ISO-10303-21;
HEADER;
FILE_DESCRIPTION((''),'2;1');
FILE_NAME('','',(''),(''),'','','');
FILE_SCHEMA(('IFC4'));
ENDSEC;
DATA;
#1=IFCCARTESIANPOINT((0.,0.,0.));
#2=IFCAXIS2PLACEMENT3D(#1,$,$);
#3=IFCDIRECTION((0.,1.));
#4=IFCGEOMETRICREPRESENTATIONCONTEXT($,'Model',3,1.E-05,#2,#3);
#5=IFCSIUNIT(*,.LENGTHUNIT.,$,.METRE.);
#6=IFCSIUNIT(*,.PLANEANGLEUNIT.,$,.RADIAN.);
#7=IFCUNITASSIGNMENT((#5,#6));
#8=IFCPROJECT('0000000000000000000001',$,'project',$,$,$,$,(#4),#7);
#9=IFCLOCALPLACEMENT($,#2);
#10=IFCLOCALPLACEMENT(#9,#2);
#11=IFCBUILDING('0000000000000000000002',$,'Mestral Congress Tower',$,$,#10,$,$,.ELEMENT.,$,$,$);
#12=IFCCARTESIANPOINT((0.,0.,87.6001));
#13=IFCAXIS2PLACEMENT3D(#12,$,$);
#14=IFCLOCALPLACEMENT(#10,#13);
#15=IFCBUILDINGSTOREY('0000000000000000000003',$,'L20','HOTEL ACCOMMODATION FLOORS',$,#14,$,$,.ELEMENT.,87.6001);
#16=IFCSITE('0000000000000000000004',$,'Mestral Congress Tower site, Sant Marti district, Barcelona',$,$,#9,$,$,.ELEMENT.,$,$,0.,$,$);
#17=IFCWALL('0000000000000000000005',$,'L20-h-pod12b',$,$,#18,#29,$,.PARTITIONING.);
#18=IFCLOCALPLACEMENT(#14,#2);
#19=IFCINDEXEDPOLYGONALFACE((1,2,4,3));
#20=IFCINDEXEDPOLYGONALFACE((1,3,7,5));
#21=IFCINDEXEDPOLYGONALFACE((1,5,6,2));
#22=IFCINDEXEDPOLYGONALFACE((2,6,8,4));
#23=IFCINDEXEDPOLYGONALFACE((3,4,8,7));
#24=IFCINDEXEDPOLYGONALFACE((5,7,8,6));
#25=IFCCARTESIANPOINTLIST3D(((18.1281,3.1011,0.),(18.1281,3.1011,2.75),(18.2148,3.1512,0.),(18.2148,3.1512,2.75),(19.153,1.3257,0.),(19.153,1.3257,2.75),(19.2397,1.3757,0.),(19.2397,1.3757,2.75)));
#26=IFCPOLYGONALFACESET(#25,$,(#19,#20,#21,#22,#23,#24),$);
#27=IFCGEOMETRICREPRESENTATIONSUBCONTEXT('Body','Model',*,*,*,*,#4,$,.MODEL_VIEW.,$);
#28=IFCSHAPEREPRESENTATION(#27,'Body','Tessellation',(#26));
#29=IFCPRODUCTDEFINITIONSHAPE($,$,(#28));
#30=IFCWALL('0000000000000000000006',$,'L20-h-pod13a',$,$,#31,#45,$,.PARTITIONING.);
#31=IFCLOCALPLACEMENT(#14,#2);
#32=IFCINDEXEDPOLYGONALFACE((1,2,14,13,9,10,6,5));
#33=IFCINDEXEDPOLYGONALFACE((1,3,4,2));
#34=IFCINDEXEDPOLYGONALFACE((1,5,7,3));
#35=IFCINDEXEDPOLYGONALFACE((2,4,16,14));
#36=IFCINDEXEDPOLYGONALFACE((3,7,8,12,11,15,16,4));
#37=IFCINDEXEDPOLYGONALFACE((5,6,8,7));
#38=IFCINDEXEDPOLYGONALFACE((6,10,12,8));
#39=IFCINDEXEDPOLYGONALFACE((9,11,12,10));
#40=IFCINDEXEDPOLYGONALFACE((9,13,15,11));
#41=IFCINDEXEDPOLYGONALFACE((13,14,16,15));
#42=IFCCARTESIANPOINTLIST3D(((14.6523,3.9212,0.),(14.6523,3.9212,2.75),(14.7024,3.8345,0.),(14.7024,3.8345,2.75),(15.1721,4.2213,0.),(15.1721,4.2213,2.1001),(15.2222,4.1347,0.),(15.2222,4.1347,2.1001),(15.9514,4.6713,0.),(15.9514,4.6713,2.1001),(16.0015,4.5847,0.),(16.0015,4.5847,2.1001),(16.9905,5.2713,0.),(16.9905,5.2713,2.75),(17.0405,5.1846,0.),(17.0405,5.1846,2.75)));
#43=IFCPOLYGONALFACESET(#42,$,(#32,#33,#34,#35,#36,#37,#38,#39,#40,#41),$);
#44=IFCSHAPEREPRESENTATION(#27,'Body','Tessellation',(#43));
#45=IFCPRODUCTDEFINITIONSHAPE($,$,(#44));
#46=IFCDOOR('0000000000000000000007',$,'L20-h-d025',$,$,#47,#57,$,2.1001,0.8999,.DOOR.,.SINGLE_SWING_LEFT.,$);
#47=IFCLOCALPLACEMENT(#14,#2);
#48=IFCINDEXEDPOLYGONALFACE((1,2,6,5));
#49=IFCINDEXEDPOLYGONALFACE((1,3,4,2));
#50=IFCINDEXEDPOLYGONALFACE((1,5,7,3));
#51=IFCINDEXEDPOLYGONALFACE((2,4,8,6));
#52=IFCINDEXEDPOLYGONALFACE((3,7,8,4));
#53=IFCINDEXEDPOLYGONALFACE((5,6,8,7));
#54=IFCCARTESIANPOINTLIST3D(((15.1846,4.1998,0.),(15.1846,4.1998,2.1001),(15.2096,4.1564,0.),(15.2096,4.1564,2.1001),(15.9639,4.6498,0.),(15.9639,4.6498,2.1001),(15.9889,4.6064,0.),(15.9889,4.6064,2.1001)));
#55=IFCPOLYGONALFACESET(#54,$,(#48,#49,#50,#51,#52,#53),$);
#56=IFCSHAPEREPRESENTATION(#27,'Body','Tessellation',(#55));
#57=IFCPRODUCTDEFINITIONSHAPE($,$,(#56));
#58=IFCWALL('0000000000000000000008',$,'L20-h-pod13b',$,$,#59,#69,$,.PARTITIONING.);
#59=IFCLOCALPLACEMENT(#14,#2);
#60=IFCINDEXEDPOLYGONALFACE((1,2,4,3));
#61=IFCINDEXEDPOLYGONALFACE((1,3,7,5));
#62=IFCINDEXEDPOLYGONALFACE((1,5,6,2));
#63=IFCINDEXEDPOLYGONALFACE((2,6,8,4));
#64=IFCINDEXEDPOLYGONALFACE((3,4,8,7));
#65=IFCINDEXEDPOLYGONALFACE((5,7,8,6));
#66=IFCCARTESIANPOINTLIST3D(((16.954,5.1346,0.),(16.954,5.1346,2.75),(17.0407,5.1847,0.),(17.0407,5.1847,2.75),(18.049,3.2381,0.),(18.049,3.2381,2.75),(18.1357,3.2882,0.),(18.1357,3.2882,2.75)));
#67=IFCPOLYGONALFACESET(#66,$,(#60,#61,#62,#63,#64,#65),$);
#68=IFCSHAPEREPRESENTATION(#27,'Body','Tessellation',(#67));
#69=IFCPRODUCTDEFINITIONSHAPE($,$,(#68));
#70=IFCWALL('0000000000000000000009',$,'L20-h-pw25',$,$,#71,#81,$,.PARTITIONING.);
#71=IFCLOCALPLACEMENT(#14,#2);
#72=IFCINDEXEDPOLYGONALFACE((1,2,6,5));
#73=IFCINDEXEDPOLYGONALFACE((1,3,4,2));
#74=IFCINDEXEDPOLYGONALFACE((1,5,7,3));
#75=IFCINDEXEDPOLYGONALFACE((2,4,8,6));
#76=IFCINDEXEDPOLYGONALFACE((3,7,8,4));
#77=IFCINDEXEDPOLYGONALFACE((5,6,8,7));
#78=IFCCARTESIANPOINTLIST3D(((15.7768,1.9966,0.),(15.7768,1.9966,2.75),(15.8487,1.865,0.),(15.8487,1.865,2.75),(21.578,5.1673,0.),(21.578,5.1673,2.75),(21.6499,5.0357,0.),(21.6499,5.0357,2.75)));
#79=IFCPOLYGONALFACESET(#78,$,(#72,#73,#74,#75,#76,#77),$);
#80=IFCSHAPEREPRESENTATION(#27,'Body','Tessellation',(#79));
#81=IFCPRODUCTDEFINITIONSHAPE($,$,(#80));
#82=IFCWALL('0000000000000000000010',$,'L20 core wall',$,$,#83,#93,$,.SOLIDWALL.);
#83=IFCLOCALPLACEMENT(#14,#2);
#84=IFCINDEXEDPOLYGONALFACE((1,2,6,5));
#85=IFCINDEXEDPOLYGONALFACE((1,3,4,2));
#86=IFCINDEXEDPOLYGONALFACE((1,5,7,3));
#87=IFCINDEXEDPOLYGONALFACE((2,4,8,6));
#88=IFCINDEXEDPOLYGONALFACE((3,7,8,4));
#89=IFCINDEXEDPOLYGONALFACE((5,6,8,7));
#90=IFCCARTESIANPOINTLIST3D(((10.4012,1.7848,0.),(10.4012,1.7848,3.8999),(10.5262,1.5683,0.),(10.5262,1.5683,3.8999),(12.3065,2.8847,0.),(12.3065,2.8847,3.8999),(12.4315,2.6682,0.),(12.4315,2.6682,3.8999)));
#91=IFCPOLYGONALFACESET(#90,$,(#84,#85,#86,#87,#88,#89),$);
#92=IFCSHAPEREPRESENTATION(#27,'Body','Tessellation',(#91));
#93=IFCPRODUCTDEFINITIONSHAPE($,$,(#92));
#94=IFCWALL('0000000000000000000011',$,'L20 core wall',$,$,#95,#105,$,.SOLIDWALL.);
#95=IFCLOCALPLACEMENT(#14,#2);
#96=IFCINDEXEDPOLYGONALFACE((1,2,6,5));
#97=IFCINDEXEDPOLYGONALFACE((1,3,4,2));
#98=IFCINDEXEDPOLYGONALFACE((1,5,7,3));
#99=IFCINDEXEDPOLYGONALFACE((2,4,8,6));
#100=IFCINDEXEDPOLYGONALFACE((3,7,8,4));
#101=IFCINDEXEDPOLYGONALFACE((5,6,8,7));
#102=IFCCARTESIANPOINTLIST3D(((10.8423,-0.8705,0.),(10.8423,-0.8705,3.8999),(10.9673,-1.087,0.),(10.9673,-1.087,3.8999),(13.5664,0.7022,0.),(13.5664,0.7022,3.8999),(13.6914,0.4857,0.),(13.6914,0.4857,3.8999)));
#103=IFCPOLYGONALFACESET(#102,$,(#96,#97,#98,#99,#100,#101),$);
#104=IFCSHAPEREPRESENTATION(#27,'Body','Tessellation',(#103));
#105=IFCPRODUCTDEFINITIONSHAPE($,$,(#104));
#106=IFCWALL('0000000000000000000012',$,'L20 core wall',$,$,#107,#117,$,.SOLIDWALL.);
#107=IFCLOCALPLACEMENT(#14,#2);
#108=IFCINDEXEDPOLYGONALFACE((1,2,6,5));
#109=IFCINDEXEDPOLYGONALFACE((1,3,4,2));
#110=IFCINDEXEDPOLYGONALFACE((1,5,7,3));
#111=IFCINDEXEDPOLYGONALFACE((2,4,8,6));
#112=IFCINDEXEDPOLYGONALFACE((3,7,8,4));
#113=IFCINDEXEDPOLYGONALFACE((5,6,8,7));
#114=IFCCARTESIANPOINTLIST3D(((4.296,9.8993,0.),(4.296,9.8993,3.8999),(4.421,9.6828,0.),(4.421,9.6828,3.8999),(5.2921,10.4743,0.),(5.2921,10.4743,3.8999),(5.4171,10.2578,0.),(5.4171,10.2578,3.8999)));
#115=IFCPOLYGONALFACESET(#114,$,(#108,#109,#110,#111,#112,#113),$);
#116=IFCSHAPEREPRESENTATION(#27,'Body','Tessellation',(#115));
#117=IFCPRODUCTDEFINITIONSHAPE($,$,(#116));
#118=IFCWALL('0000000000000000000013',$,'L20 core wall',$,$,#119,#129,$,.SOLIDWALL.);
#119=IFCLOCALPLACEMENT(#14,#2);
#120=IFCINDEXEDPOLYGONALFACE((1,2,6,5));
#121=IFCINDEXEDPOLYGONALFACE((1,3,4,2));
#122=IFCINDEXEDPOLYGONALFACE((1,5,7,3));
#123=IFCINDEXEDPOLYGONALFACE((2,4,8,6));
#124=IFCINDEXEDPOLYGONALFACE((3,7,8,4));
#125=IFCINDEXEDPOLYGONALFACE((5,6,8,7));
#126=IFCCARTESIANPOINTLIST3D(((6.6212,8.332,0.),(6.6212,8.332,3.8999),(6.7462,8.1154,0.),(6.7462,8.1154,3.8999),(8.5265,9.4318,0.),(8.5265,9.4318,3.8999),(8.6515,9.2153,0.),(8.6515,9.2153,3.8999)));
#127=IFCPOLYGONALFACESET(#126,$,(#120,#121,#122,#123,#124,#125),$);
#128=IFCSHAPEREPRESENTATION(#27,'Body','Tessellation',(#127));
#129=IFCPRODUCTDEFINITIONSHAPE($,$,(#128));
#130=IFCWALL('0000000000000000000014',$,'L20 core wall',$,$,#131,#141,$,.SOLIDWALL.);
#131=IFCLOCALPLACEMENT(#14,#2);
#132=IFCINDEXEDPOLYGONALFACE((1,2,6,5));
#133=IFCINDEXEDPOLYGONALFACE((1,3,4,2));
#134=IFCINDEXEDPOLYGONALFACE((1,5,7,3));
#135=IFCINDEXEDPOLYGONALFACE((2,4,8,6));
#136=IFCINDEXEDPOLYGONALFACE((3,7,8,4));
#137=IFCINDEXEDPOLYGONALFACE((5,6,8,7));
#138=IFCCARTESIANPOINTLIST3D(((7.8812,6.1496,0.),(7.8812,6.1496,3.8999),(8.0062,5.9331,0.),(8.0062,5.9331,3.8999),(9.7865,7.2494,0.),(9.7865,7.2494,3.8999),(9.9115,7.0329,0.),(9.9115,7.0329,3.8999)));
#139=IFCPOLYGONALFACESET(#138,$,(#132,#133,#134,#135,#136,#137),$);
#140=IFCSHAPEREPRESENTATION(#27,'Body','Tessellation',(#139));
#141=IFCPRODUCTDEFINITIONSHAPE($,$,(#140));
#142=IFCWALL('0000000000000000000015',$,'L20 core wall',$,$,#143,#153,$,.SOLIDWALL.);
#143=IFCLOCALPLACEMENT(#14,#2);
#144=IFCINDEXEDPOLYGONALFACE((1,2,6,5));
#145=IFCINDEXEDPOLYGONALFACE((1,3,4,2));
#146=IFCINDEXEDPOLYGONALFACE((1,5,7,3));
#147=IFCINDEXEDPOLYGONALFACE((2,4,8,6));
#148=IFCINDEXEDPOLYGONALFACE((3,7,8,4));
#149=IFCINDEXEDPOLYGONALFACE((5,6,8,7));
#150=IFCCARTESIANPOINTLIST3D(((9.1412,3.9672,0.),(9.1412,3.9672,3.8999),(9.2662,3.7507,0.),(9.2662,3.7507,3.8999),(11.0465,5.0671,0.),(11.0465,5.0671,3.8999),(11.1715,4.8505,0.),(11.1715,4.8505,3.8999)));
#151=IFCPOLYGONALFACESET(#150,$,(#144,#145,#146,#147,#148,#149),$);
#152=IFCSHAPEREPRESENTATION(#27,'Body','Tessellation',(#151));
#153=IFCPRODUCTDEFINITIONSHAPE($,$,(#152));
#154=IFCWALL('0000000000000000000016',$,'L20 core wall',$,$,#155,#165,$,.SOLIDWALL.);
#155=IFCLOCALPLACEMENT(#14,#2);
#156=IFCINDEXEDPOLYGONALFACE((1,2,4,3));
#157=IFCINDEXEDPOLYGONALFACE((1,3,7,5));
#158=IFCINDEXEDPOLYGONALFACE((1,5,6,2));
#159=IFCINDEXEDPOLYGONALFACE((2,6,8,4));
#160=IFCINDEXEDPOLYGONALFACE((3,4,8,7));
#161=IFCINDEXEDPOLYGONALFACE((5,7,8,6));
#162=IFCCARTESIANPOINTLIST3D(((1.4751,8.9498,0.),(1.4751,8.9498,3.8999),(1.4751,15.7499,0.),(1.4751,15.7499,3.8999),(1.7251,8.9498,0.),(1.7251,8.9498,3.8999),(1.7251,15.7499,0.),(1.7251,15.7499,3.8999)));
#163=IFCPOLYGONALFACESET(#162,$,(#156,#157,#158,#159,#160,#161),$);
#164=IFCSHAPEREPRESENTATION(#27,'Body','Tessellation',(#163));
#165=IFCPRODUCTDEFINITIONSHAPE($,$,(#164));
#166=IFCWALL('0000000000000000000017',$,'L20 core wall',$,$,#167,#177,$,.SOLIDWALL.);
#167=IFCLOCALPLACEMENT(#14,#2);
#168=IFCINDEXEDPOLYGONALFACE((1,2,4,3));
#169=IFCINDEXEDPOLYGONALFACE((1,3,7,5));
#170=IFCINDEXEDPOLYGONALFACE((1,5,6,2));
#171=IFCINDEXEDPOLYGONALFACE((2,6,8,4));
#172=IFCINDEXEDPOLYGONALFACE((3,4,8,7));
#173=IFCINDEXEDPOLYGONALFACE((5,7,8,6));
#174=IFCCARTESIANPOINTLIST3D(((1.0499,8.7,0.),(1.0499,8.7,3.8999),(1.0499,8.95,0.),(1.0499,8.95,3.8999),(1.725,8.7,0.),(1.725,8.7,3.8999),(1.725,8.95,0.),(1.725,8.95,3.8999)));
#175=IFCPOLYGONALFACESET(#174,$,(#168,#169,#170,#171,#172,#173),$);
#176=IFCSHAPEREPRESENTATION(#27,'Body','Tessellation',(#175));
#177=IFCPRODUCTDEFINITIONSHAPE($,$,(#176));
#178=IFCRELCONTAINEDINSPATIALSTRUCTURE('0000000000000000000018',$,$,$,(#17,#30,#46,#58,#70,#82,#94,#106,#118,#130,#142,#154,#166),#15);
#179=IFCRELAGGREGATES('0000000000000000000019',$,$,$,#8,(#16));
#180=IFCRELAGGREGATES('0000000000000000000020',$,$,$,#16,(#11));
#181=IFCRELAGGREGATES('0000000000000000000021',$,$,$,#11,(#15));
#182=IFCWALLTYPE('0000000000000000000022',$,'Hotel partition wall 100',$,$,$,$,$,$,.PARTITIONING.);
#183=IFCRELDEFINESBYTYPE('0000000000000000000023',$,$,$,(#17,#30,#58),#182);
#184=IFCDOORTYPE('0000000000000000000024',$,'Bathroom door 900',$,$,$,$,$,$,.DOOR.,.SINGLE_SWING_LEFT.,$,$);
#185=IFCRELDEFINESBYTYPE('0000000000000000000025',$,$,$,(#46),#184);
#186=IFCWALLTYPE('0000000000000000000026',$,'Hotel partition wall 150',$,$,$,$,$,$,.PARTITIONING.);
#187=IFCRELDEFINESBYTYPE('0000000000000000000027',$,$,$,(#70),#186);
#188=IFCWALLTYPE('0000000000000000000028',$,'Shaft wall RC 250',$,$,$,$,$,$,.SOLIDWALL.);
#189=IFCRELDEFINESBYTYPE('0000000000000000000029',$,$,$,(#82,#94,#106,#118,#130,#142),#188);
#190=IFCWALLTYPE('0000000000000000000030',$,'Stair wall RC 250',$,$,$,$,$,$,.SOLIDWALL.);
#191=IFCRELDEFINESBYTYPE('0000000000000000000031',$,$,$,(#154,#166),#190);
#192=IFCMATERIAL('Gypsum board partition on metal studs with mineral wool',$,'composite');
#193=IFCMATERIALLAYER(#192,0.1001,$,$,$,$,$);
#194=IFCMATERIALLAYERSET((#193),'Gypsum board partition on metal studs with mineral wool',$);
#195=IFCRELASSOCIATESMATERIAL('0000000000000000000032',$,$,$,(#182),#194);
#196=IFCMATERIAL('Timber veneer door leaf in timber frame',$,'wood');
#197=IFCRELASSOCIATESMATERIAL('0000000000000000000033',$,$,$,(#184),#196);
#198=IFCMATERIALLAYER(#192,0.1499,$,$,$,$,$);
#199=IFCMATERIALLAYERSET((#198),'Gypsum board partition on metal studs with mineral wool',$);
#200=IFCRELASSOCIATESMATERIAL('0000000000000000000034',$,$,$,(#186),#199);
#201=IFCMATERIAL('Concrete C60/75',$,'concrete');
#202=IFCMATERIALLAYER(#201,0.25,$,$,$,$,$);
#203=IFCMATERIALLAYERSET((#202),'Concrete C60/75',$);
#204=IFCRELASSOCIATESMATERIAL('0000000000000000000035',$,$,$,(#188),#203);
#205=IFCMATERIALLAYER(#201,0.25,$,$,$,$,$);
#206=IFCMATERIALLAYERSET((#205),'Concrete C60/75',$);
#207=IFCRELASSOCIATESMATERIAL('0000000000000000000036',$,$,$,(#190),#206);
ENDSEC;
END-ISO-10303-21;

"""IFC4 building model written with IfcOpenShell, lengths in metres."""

from ifc_helpers import new_model, si_unit, direction, frame, frame_2d, origin, place, context, subcontext, project, spatial, rectangle, extrude, material, layer, layer_set, type_object, element, fill, save


model = new_model("IFC4")

# Units and contexts
model_context = context("Model", 3, precision=1e-05, world=origin(), true_north=direction((0.0, 1.0)))
body_context = subcontext(model_context, "Body", "Model", "MODEL_VIEW")
ifc_project = project(units=[si_unit("LENGTHUNIT", "METRE"), si_unit("PLANEANGLEUNIT", "RADIAN")], contexts=[model_context])

# Site, building, storey
site_placement = place(None, origin())
site = spatial("IfcSite", under=ifc_project, at=site_placement, Name="Mestral Congress Tower site, Sant Marti district, Barcelona", CompositionType="ELEMENT", RefElevation=0.0)
building_placement = place(site_placement, origin())
building = spatial("IfcBuilding", under=site, at=building_placement, Name="Mestral Congress Tower", CompositionType="ELEMENT")
storey_placement = place(building_placement, frame((0.0, 0.0, 87.6001)))
storey = spatial("IfcBuildingStorey", under=building, at=storey_placement, Name="L20", Description="HOTEL ACCOMMODATION FLOORS", CompositionType="ELEMENT", Elevation=87.6001)

# Shared definitions
ifc_material_1 = material(Name="Gypsum board partition on metal studs with mineral wool", Category="composite")
ifc_layer_1 = layer(ifc_material_1, 0.1001)
ifc_layer_set_1 = layer_set([ifc_layer_1], Name="Gypsum board partition on metal studs with mineral wool")
wall_type_1 = type_object("IfcWallType", Name="Hotel partition wall 100", PredefinedType="PARTITIONING", material=ifc_layer_set_1)
ifc_material_2 = material(Name="Timber veneer door leaf in timber frame", Category="wood")
door_type_1 = type_object("IfcDoorType", Name="Bathroom door 900", OperationType="SINGLE_SWING_LEFT", PredefinedType="DOOR", material=ifc_material_2)

# Wall
wall_1_placement = place(storey_placement, frame((19.1963, 1.3508, 0.0), z_axis=(0.0, 0.0, 1.0), x_axis=(-0.499956, 0.866051, 0.0)))
element("IfcWall", 1, at=wall_1_placement, inside=storey, type_object=wall_type_1, Name="L20-h-pod12b", PredefinedType="PARTITIONING", context=body_context, shape_type="SweptSolid", body=[
    extrude(rectangle(XDim=2.05, YDim=0.1001, at=frame_2d((1.0249, 0.0))), origin(), (0.0, 0.0, 1.0), 2.75),
])

# Wall, opening, door
wall_2_placement = place(storey_placement, frame((17.0156, 5.228, 0.0), z_axis=(0.0, 0.0, 1.0), x_axis=(-0.865997, -0.500049, 0.0)))
wall_2 = element("IfcWall", 2, at=wall_2_placement, inside=storey, type_object=wall_type_1, Name="L20-h-pod13a", PredefinedType="PARTITIONING", context=body_context, shape_type="SweptSolid", body=[
    extrude(rectangle(XDim=2.7, YDim=0.1001, at=frame_2d((1.3501, 0.0))), origin(), (0.0, 0.0, 1.0), 2.75),
])
opening_1_placement = place(wall_2_placement, frame((1.2, 0.0, 0.0)))
opening_1 = element("IfcOpeningElement", 3, at=opening_1_placement, cuts=wall_2, PredefinedType="OPENING", context=body_context, shape_type="SweptSolid", body=[
    extrude(rectangle(XDim=0.8999, YDim=2.1001, at=frame_2d((0.45, 1.05))), frame((0.0, 0.0601, 0.0), z_axis=(0.0, -1.0, 0.0), x_axis=(1.0, 0.0, 0.0)), (0.0, 0.0, 1.0), 0.1201),
])
door_1_placement = place(opening_1_placement, origin())
door_1 = element("IfcDoor", 4, at=door_1_placement, inside=storey, type_object=door_type_1, Name="L20-h-d025", OperationType="SINGLE_SWING_LEFT", OverallHeight=2.1001, OverallWidth=0.8999, PredefinedType="DOOR", context=body_context, shape_type="SweptSolid", body=[
    extrude(rectangle(XDim=0.8999, YDim=2.1001, at=frame_2d((0.45, 1.05))), frame((0.0, 0.0249, 0.0), z_axis=(0.0, -1.0, 0.0), x_axis=(1.0, 0.0, 0.0)), (0.0, 0.0, 1.0), 0.05),
])
fill(opening_1, door_1)

# Walls
wall_3_placement = place(storey_placement, frame((16.9973, 5.1597, 0.0), z_axis=(0.0, 0.0, 1.0), x_axis=(0.500012, -0.866018, 0.0)))
element("IfcWall", 5, at=wall_3_placement, inside=storey, type_object=wall_type_1, Name="L20-h-pod13b", PredefinedType="PARTITIONING", context=body_context, shape_type="SweptSolid", body=[
    extrude(rectangle(XDim=2.1899, YDim=0.1001, at=frame_2d((1.095, 0.0))), origin(), (0.0, 0.0, 1.0), 2.75),
])
ifc_layer_2 = layer(ifc_material_1, 0.1499)
ifc_layer_set_2 = layer_set([ifc_layer_2], Name="Gypsum board partition on metal studs with mineral wool")
wall_type_2 = type_object("IfcWallType", Name="Hotel partition wall 150", PredefinedType="PARTITIONING", material=ifc_layer_set_2)
wall_4_placement = place(storey_placement, frame((21.614, 5.1016, 0.0), z_axis=(0.0, 0.0, 1.0), x_axis=(-0.877485, -0.479605, 0.0)))
element("IfcWall", 6, at=wall_4_placement, inside=storey, type_object=wall_type_2, Name="L20-h-pw25", PredefinedType="PARTITIONING", context=body_context, shape_type="SweptSolid", body=[
    extrude(rectangle(XDim=6.6111, YDim=0.1499, at=frame_2d((3.3057, 0.0))), origin(), (0.0, 0.0, 1.0), 2.75),
])
ifc_material_3 = material(Name="Concrete C60/75", Category="concrete")
ifc_layer_3 = layer(ifc_material_3, 0.25)
ifc_layer_set_3 = layer_set([ifc_layer_3], Name="Concrete C60/75")
wall_type_3 = type_object("IfcWallType", Name="Shaft wall RC 250", PredefinedType="SOLIDWALL", material=ifc_layer_set_3)
wall_5_placement = place(storey_placement, frame((10.4636, 1.6765, 0.0), z_axis=(0.0, 0.0, 1.0), x_axis=(0.866056, 0.499947, 0.0)))
element("IfcWall", 7, at=wall_5_placement, inside=storey, type_object=wall_type_3, Name="L20 core wall", PredefinedType="SOLIDWALL", context=body_context, shape_type="SweptSolid", body=[
    extrude(rectangle(XDim=2.2, YDim=0.25, at=frame_2d((1.1001, 0.0))), origin(), (0.0, 0.0, 1.0), 3.8999),
])
wall_6_placement = place(storey_placement, frame((13.6289, 0.594, 0.0), z_axis=(0.0, 0.0, 1.0), x_axis=(-0.866028, -0.499996, 0.0)))
element("IfcWall", 8, at=wall_6_placement, inside=storey, type_object=wall_type_3, Name="L20 core wall", PredefinedType="SOLIDWALL", context=body_context, shape_type="SweptSolid", body=[
    extrude(rectangle(XDim=3.1455, YDim=0.25, at=frame_2d((1.5728, 0.0))), origin(), (0.0, 0.0, 1.0), 3.8999),
])
wall_7_placement = place(storey_placement, frame((4.3584, 9.791, 0.0), z_axis=(0.0, 0.0, 1.0), x_axis=(0.86608, 0.499906, 0.0)))
element("IfcWall", 9, at=wall_7_placement, inside=storey, type_object=wall_type_3, Name="L20 core wall", PredefinedType="SOLIDWALL", context=body_context, shape_type="SweptSolid", body=[
    extrude(rectangle(XDim=1.1501, YDim=0.25, at=frame_2d((0.5752, 0.0))), origin(), (0.0, 0.0, 1.0), 3.8999),
])
for number, where, z_axis, x_axis, name in (
    (10, (6.6836, 8.2236, 0.0), (0.0, 0.0, 1.0), (0.866056, 0.499947, 0.0), "L20 core wall"),
    (11, (7.9436, 6.0413, 0.0), (0.0, 0.0, 1.0), (0.866056, 0.499947, 0.0), "L20 core wall"),
    (12, (9.2036, 3.8589, 0.0), (0.0, 0.0, 1.0), (0.866056, 0.499947, 0.0), "L20 core wall"),
):
    element("IfcWall", number, at=place(storey_placement, frame(where, z_axis=z_axis, x_axis=x_axis)), inside=storey, type_object=wall_type_3, Name=name, PredefinedType="SOLIDWALL", context=body_context, shape_type="SweptSolid", body=[
        extrude(rectangle(XDim=2.2, YDim=0.25, at=frame_2d((1.1001, 0.0))), origin(), (0.0, 0.0, 1.0), 3.8999),
    ])
ifc_layer_4 = layer(ifc_material_3, 0.25)
ifc_layer_set_4 = layer_set([ifc_layer_4], Name="Concrete C60/75")
wall_type_4 = type_object("IfcWallType", Name="Stair wall RC 250", PredefinedType="SOLIDWALL", material=ifc_layer_set_4)
wall_8_placement = place(storey_placement, frame((1.6001, 8.95, 0.0), z_axis=(0.0, 0.0, 1.0), x_axis=(0.0, 1.0, 0.0)))
element("IfcWall", 13, at=wall_8_placement, inside=storey, type_object=wall_type_4, Name="L20 core wall", PredefinedType="SOLIDWALL", context=body_context, shape_type="SweptSolid", body=[
    extrude(rectangle(XDim=6.8, YDim=0.25, at=frame_2d((3.3999, 0.0))), origin(), (0.0, 0.0, 1.0), 3.8999),
])
wall_9_placement = place(storey_placement, frame((1.05, 8.825, 0.0), z_axis=(0.0, 0.0, 1.0), x_axis=(1.0, 0.0, 0.0)))
element("IfcWall", 14, at=wall_9_placement, inside=storey, type_object=wall_type_4, Name="L20 core wall", PredefinedType="SOLIDWALL", context=body_context, shape_type="SweptSolid", body=[
    extrude(rectangle(XDim=0.675, YDim=0.25, at=frame_2d((0.3374, 0.0))), origin(), (0.0, 0.0, 1.0), 3.8999),
])

save(model, "model.ifc")
